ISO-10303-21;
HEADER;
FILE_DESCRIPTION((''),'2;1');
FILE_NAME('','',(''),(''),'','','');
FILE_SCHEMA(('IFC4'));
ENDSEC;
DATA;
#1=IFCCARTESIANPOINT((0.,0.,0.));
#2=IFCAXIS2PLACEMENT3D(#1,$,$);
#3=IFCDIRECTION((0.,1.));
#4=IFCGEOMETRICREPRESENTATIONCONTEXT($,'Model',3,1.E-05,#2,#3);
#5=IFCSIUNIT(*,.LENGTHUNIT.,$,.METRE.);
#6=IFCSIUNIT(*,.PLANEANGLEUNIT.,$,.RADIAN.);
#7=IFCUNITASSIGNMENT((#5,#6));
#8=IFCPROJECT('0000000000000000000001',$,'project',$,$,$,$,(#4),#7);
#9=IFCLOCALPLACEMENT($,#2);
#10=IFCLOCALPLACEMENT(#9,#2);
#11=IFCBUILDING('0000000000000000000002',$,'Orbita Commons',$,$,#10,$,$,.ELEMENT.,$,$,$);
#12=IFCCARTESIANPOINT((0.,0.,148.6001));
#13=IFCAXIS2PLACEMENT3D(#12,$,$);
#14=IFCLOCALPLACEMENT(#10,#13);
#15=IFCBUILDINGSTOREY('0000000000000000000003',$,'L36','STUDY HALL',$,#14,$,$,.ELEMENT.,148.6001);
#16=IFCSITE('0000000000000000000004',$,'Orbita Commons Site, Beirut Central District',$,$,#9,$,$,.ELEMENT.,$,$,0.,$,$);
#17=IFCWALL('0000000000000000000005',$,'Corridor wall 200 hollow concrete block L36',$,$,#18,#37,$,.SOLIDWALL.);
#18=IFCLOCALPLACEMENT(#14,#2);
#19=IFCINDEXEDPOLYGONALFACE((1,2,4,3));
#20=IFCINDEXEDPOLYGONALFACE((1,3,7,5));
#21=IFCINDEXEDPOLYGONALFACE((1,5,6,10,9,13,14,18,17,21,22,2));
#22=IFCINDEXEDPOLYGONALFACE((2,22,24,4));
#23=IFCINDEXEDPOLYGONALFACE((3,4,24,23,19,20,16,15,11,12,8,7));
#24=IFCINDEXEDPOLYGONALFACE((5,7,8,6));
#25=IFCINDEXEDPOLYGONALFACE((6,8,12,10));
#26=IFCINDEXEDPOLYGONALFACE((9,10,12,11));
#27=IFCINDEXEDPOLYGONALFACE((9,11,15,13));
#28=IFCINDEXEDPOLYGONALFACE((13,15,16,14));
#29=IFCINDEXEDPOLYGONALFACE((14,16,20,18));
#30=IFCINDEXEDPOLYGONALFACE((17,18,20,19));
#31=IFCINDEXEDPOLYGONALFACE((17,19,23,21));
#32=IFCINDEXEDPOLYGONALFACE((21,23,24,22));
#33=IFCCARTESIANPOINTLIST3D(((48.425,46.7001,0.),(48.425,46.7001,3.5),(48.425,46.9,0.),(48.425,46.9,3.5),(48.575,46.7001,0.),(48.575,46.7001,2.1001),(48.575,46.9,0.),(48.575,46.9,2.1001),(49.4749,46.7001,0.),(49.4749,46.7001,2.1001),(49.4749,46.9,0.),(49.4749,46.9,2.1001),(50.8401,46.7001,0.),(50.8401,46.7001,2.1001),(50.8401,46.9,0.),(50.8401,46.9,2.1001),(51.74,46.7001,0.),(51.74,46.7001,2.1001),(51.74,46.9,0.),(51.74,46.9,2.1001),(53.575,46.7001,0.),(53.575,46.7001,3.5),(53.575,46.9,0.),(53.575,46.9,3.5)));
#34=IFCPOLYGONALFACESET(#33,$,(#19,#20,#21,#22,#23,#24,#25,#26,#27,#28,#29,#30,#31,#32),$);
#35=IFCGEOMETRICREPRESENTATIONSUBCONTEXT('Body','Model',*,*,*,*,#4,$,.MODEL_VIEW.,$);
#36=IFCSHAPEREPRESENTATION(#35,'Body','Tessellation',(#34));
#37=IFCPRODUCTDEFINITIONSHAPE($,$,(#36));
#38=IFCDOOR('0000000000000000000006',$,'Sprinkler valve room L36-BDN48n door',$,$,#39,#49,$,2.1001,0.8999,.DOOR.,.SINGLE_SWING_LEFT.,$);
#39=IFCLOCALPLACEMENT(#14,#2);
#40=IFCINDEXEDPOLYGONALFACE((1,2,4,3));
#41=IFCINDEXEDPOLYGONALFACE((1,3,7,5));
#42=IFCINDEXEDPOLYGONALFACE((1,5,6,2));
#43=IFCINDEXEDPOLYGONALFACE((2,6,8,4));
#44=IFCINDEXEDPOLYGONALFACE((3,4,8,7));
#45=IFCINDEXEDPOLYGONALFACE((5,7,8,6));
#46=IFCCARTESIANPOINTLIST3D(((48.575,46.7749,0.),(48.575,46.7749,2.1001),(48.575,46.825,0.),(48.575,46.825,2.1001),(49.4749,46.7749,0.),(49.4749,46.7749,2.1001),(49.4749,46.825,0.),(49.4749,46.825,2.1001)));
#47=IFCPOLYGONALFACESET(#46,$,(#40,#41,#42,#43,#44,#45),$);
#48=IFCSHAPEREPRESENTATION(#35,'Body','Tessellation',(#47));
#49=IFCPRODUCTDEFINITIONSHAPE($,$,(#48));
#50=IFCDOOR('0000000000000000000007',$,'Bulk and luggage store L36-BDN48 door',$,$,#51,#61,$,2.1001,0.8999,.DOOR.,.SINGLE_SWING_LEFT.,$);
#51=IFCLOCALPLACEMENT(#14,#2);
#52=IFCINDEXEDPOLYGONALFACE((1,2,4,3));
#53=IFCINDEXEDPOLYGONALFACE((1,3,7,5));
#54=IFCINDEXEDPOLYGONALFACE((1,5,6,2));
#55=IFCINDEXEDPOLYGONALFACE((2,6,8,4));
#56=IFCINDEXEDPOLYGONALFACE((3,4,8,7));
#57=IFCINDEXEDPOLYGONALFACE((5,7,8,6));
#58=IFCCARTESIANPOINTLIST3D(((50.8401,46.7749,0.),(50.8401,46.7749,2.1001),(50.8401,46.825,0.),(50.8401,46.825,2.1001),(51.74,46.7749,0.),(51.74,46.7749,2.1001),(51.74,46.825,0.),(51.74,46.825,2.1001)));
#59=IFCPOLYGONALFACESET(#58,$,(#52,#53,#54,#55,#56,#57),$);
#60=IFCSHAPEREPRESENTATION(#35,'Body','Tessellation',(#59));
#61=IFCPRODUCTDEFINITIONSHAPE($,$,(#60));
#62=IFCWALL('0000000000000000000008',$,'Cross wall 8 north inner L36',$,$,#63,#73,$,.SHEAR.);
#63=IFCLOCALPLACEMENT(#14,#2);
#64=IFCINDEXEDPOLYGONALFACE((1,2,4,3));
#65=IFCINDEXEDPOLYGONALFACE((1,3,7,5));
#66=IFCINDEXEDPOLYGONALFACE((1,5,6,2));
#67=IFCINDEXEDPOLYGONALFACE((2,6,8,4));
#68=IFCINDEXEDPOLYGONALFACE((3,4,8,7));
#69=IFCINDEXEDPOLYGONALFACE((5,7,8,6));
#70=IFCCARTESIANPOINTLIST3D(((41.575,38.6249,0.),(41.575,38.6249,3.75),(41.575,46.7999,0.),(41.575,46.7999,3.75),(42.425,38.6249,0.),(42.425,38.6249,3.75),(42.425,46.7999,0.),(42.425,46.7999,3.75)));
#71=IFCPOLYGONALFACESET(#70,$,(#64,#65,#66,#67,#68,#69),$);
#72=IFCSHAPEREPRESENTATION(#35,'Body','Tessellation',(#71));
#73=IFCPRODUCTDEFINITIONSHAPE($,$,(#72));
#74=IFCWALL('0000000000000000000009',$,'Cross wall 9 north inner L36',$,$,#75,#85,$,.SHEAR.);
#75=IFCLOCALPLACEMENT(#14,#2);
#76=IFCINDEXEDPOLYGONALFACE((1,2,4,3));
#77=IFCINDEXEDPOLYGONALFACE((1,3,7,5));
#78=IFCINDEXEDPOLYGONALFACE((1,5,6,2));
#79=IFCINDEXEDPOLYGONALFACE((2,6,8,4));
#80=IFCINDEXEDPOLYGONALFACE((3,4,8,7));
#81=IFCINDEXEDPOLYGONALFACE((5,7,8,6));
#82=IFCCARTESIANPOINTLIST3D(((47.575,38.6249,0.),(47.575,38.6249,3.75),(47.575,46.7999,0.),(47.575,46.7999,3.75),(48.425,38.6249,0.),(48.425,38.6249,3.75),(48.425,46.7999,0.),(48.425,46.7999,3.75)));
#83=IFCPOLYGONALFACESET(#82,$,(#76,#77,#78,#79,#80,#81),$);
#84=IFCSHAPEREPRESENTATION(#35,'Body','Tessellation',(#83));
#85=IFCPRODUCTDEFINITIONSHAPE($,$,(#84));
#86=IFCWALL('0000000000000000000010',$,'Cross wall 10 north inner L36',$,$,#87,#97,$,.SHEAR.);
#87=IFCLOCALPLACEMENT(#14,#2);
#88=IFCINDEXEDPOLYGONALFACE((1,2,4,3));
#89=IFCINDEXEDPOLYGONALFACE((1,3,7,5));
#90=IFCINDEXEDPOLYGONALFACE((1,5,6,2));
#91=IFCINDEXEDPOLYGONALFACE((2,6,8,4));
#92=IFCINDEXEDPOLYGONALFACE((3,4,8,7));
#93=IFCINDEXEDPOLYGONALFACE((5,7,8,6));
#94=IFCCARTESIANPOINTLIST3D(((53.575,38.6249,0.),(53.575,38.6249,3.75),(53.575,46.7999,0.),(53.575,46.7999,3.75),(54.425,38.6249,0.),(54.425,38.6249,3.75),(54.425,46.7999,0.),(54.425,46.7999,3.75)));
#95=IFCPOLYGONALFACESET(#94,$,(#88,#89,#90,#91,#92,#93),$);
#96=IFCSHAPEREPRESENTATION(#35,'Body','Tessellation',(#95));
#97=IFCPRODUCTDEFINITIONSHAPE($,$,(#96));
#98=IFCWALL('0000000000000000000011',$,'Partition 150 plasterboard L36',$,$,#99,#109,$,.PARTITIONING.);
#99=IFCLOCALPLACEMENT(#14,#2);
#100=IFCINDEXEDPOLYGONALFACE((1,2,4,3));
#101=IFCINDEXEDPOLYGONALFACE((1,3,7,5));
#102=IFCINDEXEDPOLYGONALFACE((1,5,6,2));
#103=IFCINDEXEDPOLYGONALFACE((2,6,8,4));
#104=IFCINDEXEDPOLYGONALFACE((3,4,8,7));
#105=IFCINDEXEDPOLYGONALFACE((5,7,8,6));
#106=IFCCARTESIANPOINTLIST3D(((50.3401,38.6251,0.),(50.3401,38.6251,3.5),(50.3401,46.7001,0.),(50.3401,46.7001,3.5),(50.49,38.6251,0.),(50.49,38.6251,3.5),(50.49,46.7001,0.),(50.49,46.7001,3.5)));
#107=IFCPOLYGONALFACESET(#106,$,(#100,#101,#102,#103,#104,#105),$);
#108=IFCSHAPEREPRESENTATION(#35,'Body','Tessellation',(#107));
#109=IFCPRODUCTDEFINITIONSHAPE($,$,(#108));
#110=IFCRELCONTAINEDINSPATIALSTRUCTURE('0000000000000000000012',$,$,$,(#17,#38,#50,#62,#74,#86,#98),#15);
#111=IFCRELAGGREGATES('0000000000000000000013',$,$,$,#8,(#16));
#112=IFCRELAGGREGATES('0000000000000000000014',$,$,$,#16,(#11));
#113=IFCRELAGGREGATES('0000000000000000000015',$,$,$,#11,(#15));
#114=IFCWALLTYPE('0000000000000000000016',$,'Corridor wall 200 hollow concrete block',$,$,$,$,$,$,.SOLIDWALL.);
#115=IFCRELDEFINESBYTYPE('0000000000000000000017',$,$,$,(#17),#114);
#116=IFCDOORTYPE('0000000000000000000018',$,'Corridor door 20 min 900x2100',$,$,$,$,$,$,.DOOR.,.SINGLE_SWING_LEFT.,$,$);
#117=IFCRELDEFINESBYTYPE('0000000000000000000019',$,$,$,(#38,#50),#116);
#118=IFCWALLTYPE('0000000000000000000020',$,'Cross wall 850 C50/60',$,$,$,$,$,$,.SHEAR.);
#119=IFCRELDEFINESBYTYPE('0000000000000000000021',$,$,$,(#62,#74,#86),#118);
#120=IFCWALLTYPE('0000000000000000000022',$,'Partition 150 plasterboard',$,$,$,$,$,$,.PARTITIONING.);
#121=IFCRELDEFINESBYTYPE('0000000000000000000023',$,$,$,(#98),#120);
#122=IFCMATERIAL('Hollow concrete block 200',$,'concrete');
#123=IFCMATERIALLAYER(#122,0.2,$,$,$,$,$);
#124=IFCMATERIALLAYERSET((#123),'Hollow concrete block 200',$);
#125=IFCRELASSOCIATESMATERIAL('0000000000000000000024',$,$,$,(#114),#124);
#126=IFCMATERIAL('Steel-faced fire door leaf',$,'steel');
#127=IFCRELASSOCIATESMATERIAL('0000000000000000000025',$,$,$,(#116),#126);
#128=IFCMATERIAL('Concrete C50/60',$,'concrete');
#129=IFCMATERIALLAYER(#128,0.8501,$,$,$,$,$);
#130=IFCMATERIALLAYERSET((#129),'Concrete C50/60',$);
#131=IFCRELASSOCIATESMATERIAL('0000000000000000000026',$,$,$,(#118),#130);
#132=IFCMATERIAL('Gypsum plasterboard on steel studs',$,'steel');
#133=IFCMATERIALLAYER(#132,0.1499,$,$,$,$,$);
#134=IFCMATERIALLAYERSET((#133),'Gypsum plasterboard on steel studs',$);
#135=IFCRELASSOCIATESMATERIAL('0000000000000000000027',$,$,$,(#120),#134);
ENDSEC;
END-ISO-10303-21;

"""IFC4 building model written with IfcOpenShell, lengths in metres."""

from ifc_helpers import new_model, si_unit, direction, frame, frame_2d, origin, place, context, subcontext, project, spatial, rectangle, extrude, material, layer, layer_set, type_object, element, fill, save


model = new_model("IFC4")

# Units and contexts
model_context = context("Model", 3, precision=1e-05, world=origin(), true_north=direction((0.0, 1.0)))
body_context = subcontext(model_context, "Body", "Model", "MODEL_VIEW")
ifc_project = project(units=[si_unit("LENGTHUNIT", "METRE"), si_unit("PLANEANGLEUNIT", "RADIAN")], contexts=[model_context])

# Site, building, storey
site_placement = place(None, origin())
site = spatial("IfcSite", under=ifc_project, at=site_placement, Name="Orbita Commons Site, Beirut Central District", CompositionType="ELEMENT", RefElevation=0.0)
building_placement = place(site_placement, origin())
building = spatial("IfcBuilding", under=site, at=building_placement, Name="Orbita Commons", CompositionType="ELEMENT")
storey_placement = place(building_placement, frame((0.0, 0.0, 148.6001)))
storey = spatial("IfcBuildingStorey", under=building, at=storey_placement, Name="L36", Description="STUDY HALL", CompositionType="ELEMENT", Elevation=148.6001)

# Shared definitions
ifc_material_1 = material(Name="Hollow concrete block 200", Category="concrete")
ifc_layer_1 = layer(ifc_material_1, 0.2)
ifc_layer_set_1 = layer_set([ifc_layer_1], Name="Hollow concrete block 200")
wall_type_1 = type_object("IfcWallType", Name="Corridor wall 200 hollow concrete block", PredefinedType="SOLIDWALL", material=ifc_layer_set_1)

# Wall, openings, doors
wall_1_placement = place(storey_placement, frame((48.425, 46.8, 0.0), z_axis=(0.0, 0.0, 1.0), x_axis=(1.0, 0.0, 0.0)))
wall_1 = element("IfcWall", 1, at=wall_1_placement, inside=storey, type_object=wall_type_1, Name="Corridor wall 200 hollow concrete block L36", PredefinedType="SOLIDWALL", context=body_context, shape_type="SweptSolid", body=[
    extrude(rectangle(XDim=5.1499, YDim=0.2, at=frame_2d((2.575, 0.0))), origin(), (0.0, 0.0, 1.0), 3.5),
])
opening_1_placement = place(wall_1_placement, frame((0.1499, 0.0, 0.0)))
opening_1 = element("IfcOpeningElement", 2, at=opening_1_placement, cuts=wall_1, PredefinedType="OPENING", context=body_context, shape_type="SweptSolid", body=[
    extrude(rectangle(XDim=0.8999, YDim=2.1001, at=frame_2d((0.45, 1.05))), frame((0.0, 0.1099, 0.0), z_axis=(0.0, -1.0, 0.0), x_axis=(1.0, 0.0, 0.0)), (0.0, 0.0, 1.0), 0.22),
])
opening_2_placement = place(wall_1_placement, frame((2.415, 0.0, 0.0)))
opening_2 = element("IfcOpeningElement", 3, at=opening_2_placement, cuts=wall_1, PredefinedType="OPENING", context=body_context, shape_type="SweptSolid", body=[
    extrude(rectangle(XDim=0.8999, YDim=2.1001, at=frame_2d((0.45, 1.05))), frame((0.0, 0.1099, 0.0), z_axis=(0.0, -1.0, 0.0), x_axis=(1.0, 0.0, 0.0)), (0.0, 0.0, 1.0), 0.22),
])
ifc_material_2 = material(Name="Steel-faced fire door leaf", Category="steel")
door_type_1 = type_object("IfcDoorType", Name="Corridor door 20 min 900x2100", OperationType="SINGLE_SWING_LEFT", PredefinedType="DOOR", material=ifc_material_2)
door_1_placement = place(opening_1_placement, origin())
door_1 = element("IfcDoor", 4, at=door_1_placement, inside=storey, type_object=door_type_1, Name="Sprinkler valve room L36-BDN48n door", OperationType="SINGLE_SWING_LEFT", OverallHeight=2.1001, OverallWidth=0.8999, PredefinedType="DOOR", context=body_context, shape_type="SweptSolid", body=[
    extrude(rectangle(XDim=0.8999, YDim=2.1001, at=frame_2d((0.45, 1.05))), frame((0.0, 0.0249, 0.0), z_axis=(0.0, -1.0, 0.0), x_axis=(1.0, 0.0, 0.0)), (0.0, 0.0, 1.0), 0.05),
])
fill(opening_1, door_1)
door_2_placement = place(opening_2_placement, origin())
door_2 = element("IfcDoor", 5, at=door_2_placement, inside=storey, type_object=door_type_1, Name="Bulk and luggage store L36-BDN48 door", OperationType="SINGLE_SWING_LEFT", OverallHeight=2.1001, OverallWidth=0.8999, PredefinedType="DOOR", context=body_context, shape_type="SweptSolid", body=[
    extrude(rectangle(XDim=0.8999, YDim=2.1001, at=frame_2d((0.45, 1.05))), frame((0.0, 0.0249, 0.0), z_axis=(0.0, -1.0, 0.0), x_axis=(1.0, 0.0, 0.0)), (0.0, 0.0, 1.0), 0.05),
])
fill(opening_2, door_2)

# Walls
ifc_material_3 = material(Name="Concrete C50/60", Category="concrete")
ifc_layer_2 = layer(ifc_material_3, 0.8501)
ifc_layer_set_2 = layer_set([ifc_layer_2], Name="Concrete C50/60")
wall_type_2 = type_object("IfcWallType", Name="Cross wall 850 C50/60", PredefinedType="SHEAR", material=ifc_layer_set_2)
for number, where, z_axis, x_axis, name in (
    (6, (42.0, 38.625, 0.0), (0.0, 0.0, 1.0), (0.0, 1.0, 0.0), "Cross wall 8 north inner L36"),
    (7, (48.0, 38.625, 0.0), (0.0, 0.0, 1.0), (0.0, 1.0, 0.0), "Cross wall 9 north inner L36"),
    (8, (54.0, 38.625, 0.0), (0.0, 0.0, 1.0), (0.0, 1.0, 0.0), "Cross wall 10 north inner L36"),
):
    element("IfcWall", number, at=place(storey_placement, frame(where, z_axis=z_axis, x_axis=x_axis)), inside=storey, type_object=wall_type_2, Name=name, PredefinedType="SHEAR", context=body_context, shape_type="SweptSolid", body=[
        extrude(rectangle(XDim=8.175, YDim=0.8501, at=frame_2d((4.0874, 0.0))), origin(), (0.0, 0.0, 1.0), 3.75),
    ])
ifc_material_4 = material(Name="Gypsum plasterboard on steel studs", Category="steel")
ifc_layer_3 = layer(ifc_material_4, 0.1499)
ifc_layer_set_3 = layer_set([ifc_layer_3], Name="Gypsum plasterboard on steel studs")
wall_type_3 = type_object("IfcWallType", Name="Partition 150 plasterboard", PredefinedType="PARTITIONING", material=ifc_layer_set_3)
wall_2_placement = place(storey_placement, frame((50.415, 38.625, 0.0), z_axis=(0.0, 0.0, 1.0), x_axis=(0.0, 1.0, 0.0)))
element("IfcWall", 9, at=wall_2_placement, inside=storey, type_object=wall_type_3, Name="Partition 150 plasterboard L36", PredefinedType="PARTITIONING", context=body_context, shape_type="SweptSolid", body=[
    extrude(rectangle(XDim=8.075, YDim=0.1499, at=frame_2d((4.0376, 0.0))), origin(), (0.0, 0.0, 1.0), 3.5),
])

save(model, "model.ifc")
